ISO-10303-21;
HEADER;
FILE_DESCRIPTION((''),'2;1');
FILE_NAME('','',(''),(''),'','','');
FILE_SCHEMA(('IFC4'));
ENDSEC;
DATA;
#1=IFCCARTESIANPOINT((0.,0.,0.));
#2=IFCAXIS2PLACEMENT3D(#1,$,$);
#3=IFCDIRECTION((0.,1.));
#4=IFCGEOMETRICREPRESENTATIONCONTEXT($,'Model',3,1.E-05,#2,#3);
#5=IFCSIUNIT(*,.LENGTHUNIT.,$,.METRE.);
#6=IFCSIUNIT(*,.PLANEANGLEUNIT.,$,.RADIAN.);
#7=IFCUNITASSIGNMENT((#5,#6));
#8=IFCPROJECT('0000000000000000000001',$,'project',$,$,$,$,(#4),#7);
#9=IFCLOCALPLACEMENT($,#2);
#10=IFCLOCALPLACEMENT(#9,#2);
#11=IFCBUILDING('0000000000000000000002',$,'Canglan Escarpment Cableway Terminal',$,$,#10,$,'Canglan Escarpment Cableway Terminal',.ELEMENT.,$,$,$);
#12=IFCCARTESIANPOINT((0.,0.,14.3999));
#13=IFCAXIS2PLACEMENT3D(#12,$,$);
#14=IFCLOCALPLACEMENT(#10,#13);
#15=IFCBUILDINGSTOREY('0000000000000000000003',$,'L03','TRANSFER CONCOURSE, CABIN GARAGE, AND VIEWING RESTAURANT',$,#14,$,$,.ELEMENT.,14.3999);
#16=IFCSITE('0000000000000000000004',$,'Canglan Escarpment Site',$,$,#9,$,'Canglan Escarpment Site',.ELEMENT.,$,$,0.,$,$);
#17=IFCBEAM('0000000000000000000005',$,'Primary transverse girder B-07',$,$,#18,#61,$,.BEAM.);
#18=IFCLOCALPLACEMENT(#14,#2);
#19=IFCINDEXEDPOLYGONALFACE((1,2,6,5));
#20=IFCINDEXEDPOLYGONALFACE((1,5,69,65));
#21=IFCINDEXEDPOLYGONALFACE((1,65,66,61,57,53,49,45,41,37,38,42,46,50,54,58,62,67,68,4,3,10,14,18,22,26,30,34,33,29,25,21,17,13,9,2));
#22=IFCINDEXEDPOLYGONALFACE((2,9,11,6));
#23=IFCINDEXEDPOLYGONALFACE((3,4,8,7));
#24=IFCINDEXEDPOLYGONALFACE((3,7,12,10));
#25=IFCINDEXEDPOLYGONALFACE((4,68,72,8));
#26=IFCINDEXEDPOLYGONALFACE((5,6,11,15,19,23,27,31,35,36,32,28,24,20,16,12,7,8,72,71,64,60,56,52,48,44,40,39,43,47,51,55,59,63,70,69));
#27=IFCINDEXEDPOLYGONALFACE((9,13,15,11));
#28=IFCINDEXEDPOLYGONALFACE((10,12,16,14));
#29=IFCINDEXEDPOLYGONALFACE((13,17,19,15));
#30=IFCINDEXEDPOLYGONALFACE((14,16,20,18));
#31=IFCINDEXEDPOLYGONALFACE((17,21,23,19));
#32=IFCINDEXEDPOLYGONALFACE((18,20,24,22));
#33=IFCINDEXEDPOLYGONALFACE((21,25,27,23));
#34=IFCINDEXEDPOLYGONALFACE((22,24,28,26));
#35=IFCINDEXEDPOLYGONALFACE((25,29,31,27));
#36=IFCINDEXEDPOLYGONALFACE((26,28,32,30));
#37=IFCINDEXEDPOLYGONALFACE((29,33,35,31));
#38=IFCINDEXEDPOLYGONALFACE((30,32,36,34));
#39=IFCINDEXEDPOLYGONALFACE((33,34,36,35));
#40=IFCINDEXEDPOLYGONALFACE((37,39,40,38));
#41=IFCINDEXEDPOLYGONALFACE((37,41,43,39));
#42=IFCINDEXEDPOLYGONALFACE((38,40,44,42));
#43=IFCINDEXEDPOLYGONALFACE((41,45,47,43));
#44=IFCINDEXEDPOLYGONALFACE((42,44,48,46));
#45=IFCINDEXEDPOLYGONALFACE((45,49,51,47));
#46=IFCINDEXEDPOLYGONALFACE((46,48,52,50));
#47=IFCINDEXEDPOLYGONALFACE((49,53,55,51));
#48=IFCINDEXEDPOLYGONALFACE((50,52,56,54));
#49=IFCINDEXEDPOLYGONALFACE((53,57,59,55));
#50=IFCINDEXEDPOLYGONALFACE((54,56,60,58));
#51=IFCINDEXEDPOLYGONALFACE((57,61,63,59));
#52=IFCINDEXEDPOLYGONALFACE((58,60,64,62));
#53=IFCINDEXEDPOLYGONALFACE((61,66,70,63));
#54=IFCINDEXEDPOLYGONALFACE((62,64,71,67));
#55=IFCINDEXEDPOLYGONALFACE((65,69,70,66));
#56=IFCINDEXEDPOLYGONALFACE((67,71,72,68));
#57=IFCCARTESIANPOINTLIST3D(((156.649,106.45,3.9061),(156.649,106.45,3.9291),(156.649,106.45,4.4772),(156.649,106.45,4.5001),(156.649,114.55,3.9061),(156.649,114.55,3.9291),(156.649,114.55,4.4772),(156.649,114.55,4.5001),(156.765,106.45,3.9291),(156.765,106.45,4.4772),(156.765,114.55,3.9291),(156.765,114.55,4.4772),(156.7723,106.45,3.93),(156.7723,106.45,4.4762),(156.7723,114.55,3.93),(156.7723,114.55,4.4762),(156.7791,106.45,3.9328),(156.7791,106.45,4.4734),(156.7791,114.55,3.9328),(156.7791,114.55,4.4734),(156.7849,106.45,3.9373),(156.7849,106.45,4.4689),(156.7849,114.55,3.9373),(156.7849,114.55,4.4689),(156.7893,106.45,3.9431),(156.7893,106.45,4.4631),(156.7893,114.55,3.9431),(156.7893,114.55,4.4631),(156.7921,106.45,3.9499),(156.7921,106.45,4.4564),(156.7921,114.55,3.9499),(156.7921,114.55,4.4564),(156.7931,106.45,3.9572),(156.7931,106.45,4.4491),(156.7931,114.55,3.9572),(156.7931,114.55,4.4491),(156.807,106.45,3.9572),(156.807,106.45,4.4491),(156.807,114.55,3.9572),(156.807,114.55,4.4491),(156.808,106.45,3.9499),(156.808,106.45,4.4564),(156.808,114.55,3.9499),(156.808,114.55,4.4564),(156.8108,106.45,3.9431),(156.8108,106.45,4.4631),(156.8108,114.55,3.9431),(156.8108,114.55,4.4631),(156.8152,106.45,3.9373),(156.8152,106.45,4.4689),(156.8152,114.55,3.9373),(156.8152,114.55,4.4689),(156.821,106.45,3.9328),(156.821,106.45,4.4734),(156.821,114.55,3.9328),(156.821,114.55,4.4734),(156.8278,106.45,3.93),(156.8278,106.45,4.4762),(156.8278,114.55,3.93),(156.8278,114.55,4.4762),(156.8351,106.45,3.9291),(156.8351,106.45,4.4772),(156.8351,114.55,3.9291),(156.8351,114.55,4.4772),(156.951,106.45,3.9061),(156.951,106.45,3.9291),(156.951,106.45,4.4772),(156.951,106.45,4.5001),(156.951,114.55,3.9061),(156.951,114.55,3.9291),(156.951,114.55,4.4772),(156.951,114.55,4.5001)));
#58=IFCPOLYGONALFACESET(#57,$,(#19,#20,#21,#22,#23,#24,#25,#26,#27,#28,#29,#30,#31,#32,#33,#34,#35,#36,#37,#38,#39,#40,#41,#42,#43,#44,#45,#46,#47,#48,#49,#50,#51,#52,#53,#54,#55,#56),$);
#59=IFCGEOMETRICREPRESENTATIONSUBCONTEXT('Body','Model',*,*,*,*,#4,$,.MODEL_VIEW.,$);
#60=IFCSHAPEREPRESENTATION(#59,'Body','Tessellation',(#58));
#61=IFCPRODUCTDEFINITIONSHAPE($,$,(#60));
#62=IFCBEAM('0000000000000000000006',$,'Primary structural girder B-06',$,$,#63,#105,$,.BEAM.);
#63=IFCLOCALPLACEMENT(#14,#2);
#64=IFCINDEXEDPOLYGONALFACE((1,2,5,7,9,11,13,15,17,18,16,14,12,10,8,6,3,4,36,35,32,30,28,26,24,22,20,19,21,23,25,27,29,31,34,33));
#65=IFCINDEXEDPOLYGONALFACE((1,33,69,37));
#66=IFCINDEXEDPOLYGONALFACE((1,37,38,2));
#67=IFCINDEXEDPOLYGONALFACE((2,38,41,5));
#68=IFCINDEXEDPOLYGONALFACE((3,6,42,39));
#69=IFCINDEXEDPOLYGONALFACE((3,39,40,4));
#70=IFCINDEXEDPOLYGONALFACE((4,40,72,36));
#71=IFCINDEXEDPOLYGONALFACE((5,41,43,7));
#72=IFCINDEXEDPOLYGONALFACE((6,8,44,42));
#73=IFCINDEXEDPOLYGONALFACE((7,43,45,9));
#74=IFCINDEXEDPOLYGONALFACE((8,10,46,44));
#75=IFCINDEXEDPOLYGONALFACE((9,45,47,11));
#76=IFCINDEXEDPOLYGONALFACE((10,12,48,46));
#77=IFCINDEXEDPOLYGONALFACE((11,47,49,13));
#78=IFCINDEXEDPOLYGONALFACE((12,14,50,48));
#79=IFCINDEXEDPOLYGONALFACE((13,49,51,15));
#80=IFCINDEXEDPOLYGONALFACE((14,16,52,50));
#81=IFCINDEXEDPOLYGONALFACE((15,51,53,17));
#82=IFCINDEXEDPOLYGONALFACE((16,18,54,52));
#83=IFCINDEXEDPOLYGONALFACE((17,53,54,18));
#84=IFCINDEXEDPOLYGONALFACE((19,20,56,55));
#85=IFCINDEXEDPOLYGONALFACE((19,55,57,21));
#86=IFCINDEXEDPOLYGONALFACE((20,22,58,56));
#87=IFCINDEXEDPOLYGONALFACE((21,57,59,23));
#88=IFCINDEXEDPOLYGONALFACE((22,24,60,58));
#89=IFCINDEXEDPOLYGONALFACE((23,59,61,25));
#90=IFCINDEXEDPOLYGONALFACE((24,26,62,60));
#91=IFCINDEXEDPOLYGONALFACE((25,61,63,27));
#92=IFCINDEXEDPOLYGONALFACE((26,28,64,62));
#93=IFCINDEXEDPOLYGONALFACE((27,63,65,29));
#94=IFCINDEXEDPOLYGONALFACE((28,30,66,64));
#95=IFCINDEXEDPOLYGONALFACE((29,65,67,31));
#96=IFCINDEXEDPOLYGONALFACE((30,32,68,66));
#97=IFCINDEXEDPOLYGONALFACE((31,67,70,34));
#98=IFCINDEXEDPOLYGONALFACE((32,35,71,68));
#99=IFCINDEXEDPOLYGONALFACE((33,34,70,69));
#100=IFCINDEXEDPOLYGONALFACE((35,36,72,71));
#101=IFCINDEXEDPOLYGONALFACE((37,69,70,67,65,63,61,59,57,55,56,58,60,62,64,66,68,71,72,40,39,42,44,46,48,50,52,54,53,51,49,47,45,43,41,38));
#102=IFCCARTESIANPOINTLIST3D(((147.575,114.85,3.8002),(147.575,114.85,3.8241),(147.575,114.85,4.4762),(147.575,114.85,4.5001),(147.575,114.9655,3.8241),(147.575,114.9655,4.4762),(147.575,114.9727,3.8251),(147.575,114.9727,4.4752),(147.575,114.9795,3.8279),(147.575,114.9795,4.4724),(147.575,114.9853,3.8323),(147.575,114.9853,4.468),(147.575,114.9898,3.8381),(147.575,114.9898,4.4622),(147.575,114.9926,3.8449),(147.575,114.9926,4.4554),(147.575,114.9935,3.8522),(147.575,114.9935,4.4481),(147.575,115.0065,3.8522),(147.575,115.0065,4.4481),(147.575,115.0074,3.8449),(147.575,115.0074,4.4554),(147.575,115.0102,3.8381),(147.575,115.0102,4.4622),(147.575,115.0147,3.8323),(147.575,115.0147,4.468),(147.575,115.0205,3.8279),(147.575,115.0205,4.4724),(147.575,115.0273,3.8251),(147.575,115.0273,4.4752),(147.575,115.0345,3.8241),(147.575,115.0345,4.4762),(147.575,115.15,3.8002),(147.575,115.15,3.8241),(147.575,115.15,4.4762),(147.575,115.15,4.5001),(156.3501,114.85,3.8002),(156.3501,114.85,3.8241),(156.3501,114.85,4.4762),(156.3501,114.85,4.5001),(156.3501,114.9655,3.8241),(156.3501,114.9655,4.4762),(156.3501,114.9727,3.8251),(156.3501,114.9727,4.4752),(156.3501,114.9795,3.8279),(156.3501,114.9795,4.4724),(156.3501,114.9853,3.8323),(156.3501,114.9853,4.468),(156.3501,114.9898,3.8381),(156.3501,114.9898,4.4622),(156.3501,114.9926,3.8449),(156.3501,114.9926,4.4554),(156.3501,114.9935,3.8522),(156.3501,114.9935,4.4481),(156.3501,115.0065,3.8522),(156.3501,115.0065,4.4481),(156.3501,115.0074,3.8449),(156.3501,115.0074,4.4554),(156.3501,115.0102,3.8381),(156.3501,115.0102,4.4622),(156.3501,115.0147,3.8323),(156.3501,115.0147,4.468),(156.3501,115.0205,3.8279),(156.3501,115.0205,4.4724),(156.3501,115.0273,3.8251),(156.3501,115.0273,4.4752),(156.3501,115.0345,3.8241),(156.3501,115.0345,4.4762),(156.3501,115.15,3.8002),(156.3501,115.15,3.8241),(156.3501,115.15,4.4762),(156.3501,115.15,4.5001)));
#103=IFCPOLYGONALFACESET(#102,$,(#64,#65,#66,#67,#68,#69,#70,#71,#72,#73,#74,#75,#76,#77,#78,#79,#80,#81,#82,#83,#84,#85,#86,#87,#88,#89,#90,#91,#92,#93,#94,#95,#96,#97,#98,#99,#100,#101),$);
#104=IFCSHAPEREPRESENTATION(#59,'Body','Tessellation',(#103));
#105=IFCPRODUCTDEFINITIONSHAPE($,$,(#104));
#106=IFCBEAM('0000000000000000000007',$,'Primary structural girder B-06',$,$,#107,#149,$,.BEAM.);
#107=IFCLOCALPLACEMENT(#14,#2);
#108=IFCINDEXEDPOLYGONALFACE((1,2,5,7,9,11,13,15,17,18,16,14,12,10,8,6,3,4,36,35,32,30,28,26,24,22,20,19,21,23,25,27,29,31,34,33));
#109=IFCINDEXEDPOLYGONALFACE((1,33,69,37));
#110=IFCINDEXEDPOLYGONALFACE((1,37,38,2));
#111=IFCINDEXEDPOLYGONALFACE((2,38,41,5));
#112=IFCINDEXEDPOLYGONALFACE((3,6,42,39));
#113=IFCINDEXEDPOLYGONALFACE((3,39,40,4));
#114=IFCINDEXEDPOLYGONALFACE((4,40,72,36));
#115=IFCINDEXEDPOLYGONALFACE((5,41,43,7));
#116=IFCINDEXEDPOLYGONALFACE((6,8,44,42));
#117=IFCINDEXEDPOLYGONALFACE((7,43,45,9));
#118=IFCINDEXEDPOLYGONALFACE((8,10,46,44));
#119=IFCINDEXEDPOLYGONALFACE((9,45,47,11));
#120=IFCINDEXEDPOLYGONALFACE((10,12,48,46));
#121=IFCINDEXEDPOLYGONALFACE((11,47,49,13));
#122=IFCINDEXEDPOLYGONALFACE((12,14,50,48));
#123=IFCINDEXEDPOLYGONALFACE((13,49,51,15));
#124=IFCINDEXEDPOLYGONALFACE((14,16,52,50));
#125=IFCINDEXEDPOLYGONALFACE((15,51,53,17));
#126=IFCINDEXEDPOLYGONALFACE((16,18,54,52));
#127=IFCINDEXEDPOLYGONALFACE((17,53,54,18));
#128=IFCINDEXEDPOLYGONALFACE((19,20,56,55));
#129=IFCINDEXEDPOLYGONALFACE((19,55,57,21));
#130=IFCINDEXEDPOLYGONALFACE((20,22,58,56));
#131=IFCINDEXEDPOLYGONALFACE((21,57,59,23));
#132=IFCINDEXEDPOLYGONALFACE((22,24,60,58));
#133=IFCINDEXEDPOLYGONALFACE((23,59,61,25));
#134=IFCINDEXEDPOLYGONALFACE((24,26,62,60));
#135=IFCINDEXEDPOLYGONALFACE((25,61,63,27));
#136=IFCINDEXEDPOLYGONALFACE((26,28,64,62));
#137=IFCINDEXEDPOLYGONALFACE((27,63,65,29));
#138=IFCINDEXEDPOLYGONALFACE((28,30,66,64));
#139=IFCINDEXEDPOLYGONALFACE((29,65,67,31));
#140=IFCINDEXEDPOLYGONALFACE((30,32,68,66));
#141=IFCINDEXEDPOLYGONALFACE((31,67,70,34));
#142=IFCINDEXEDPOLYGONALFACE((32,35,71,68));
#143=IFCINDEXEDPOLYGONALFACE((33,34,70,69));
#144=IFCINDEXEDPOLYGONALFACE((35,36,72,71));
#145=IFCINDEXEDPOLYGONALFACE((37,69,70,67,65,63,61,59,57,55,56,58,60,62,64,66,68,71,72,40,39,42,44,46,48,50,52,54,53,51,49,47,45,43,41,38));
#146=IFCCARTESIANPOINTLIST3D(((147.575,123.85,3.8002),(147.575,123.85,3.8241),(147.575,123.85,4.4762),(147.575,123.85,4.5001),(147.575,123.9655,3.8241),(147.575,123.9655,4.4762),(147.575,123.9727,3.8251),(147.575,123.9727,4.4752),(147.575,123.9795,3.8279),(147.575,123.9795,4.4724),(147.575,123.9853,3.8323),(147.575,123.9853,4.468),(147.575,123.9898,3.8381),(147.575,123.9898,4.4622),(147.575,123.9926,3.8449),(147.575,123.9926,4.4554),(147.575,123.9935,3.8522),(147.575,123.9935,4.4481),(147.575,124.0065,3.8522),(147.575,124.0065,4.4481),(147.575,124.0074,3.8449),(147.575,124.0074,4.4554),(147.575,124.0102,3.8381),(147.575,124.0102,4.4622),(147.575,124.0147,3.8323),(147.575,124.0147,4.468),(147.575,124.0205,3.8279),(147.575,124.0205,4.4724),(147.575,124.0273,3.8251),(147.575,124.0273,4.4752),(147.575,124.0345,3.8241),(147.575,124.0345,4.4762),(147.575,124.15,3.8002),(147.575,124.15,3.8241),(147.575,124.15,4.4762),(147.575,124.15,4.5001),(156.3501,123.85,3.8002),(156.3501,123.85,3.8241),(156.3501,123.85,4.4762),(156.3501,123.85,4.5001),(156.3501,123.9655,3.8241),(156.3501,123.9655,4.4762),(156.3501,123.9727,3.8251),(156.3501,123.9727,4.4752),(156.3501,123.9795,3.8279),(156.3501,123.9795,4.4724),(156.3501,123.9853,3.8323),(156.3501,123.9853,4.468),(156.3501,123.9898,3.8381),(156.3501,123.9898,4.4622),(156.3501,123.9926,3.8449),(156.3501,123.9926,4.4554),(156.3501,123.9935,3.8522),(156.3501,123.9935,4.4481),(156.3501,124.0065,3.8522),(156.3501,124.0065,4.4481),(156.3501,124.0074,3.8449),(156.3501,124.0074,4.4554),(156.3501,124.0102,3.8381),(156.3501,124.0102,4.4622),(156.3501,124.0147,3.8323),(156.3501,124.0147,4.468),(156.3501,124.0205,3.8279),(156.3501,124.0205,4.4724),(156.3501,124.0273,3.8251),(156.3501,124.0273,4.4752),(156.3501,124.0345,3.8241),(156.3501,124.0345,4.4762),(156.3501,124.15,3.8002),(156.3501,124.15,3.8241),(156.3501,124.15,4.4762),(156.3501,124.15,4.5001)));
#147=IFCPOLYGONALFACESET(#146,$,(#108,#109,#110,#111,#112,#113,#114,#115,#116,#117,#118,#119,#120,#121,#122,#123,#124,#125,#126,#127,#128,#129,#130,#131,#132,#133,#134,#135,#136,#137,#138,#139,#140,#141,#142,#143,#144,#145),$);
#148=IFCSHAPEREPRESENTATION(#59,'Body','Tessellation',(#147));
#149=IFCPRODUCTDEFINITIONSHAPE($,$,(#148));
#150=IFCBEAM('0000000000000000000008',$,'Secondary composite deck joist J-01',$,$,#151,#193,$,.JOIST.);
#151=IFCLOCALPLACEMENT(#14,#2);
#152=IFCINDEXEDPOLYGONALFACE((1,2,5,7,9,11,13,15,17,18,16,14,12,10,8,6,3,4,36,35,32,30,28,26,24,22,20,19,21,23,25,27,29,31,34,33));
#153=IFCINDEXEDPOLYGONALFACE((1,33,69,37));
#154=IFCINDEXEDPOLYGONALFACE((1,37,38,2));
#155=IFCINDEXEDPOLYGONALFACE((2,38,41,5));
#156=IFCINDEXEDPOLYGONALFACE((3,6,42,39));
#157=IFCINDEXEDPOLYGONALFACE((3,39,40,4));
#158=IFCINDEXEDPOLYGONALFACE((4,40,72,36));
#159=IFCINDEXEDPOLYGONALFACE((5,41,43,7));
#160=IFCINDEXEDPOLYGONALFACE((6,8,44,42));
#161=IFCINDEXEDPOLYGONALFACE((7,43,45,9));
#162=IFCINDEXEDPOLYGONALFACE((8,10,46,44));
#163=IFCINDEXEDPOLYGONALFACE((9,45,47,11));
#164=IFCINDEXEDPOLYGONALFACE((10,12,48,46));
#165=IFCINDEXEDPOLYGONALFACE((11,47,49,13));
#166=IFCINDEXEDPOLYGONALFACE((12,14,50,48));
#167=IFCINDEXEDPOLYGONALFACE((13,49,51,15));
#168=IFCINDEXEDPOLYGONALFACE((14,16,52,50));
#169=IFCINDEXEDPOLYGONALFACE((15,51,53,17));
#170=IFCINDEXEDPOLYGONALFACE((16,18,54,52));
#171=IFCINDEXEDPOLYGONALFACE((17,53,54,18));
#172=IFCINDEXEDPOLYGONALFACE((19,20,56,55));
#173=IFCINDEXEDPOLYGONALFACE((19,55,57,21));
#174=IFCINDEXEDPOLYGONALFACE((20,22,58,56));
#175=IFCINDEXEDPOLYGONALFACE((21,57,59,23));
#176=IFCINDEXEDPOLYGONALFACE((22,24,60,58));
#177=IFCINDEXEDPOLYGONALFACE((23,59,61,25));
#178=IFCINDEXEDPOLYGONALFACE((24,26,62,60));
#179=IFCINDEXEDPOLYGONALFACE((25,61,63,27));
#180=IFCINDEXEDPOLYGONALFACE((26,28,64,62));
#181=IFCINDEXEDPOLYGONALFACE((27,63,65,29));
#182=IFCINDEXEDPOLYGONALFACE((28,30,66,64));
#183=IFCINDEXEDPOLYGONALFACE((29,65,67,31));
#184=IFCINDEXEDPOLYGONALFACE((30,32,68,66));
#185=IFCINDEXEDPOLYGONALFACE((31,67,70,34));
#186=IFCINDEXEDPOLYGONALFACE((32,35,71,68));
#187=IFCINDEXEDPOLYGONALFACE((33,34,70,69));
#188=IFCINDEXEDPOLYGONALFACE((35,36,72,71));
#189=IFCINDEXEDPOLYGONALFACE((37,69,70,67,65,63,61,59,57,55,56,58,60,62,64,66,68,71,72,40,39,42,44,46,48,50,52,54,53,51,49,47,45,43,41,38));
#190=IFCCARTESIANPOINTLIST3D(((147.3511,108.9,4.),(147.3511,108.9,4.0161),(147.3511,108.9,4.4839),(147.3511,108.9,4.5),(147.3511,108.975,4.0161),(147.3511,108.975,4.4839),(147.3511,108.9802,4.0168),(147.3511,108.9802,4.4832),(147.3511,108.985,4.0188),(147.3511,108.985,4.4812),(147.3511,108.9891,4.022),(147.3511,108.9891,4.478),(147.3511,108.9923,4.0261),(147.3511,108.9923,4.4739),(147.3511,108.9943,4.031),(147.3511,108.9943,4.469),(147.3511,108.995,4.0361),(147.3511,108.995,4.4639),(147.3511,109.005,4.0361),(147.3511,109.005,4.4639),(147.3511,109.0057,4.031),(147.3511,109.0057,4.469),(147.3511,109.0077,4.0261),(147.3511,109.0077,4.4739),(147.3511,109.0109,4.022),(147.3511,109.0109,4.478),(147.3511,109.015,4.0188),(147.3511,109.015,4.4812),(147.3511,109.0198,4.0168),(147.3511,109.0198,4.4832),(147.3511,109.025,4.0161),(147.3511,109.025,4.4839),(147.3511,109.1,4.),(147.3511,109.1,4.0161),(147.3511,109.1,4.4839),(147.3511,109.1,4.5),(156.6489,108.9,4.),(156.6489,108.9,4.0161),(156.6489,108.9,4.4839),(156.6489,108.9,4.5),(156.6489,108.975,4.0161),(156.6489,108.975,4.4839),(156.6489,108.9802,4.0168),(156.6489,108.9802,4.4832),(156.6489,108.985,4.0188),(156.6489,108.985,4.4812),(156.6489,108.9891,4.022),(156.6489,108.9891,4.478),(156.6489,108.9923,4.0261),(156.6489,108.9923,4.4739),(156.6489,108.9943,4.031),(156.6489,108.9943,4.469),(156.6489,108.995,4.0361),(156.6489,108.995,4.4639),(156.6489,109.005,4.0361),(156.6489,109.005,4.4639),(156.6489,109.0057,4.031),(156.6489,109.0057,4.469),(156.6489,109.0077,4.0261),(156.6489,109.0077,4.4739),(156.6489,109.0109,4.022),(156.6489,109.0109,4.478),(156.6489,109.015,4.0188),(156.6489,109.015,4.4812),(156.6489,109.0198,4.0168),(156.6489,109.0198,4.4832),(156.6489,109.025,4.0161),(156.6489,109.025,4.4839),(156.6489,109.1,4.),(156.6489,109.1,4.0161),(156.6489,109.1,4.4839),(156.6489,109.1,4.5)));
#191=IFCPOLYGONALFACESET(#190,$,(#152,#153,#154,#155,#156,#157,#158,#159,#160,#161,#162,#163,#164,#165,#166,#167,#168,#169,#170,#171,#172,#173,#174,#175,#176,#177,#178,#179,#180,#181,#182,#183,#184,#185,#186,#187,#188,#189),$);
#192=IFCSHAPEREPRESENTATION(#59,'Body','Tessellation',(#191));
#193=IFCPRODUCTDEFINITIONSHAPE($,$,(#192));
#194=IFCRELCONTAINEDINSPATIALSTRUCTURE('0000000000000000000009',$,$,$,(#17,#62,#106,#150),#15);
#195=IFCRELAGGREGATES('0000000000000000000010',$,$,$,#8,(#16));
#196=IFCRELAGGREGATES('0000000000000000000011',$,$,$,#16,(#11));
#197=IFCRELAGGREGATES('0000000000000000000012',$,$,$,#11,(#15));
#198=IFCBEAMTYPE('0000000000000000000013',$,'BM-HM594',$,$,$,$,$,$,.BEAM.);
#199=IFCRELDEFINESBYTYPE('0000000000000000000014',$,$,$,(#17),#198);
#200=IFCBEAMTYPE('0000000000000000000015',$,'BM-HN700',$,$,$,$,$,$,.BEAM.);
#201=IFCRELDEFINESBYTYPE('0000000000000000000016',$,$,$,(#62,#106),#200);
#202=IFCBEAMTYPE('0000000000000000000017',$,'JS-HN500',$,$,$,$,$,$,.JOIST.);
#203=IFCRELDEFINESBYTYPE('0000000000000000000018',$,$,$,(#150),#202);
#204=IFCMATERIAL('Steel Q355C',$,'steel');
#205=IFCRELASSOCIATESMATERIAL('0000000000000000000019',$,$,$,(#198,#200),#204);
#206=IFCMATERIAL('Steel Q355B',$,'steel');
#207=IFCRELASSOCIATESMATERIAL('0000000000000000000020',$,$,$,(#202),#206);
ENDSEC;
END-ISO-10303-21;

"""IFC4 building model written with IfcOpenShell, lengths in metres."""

from ifc_helpers import new_model, si_unit, direction, frame, origin, origin_2d, place, context, subcontext, project, spatial, i_section, extrude, material, material_profile, profile_set, type_object, element, save


model = new_model("IFC4")

# Units and contexts
model_context = context("Model", 3, precision=1e-05, world=origin(), true_north=direction((0.0, 1.0)))
body_context = subcontext(model_context, "Body", "Model", "MODEL_VIEW")
ifc_project = project(units=[si_unit("LENGTHUNIT", "METRE"), si_unit("PLANEANGLEUNIT", "RADIAN")], contexts=[model_context])

# Site, building, storey
site_placement = place(None, origin())
site = spatial("IfcSite", under=ifc_project, at=site_placement, Name="Canglan Escarpment Site", LongName="Canglan Escarpment Site", CompositionType="ELEMENT", RefElevation=0.0)
building_placement = place(site_placement, origin())
building = spatial("IfcBuilding", under=site, at=building_placement, Name="Canglan Escarpment Cableway Terminal", LongName="Canglan Escarpment Cableway Terminal", CompositionType="ELEMENT")
storey_placement = place(building_placement, frame((0.0, 0.0, 14.3999)))
storey = spatial("IfcBuildingStorey", under=building, at=storey_placement, Name="L03", Description="TRANSFER CONCOURSE, CABIN GARAGE, AND VIEWING RESTAURANT", CompositionType="ELEMENT", Elevation=14.3999)

# Beams
ifc_material_1 = material(Name="Steel Q355C", Category="steel")
ifc_material_profile_1 = material_profile(ifc_material_1, i_section(OverallWidth=0.302, OverallDepth=0.594, WebThickness=0.0139, FlangeThickness=0.0229, FilletRadius=0.0281, at=origin_2d()), Name="HM 594x302x14x23")
ifc_profile_set_1 = profile_set([ifc_material_profile_1], Name="Steel Q355C")
beam_type_1 = type_object("IfcBeamType", Name="BM-HM594", PredefinedType="BEAM", material=ifc_profile_set_1)
beam_1_placement = place(storey_placement, frame((156.8, 106.45, 4.2031), z_axis=(0.0, 1.0, 0.0), x_axis=(-1.0, 0.0, 0.0)))
element("IfcBeam", 1, at=beam_1_placement, inside=storey, type_object=beam_type_1, Name="Primary transverse girder B-07", PredefinedType="BEAM", context=body_context, shape_type="SweptSolid", body=[
    extrude(i_section(OverallWidth=0.302, OverallDepth=0.594, WebThickness=0.0139, FlangeThickness=0.0229, FilletRadius=0.0281, at=origin_2d()), origin(), (0.0, 0.0, 1.0), 8.1001),
])
ifc_material_profile_2 = material_profile(ifc_material_1, i_section(OverallWidth=0.3, OverallDepth=0.7, WebThickness=0.0129, FlangeThickness=0.0239, FilletRadius=0.0281, at=origin_2d()), Name="HN 700x300x13x24")
ifc_profile_set_2 = profile_set([ifc_material_profile_2], Name="Steel Q355C")
beam_type_2 = type_object("IfcBeamType", Name="BM-HN700", PredefinedType="BEAM", material=ifc_profile_set_2)
for number, where, z_axis, x_axis, name in (
    (2, (147.575, 115.0, 4.1501), (1.0, 0.0, 0.0), (0.0, 1.0, 0.0), "Primary structural girder B-06"),
    (3, (147.575, 124.0, 4.1501), (1.0, 0.0, 0.0), (0.0, 1.0, 0.0), "Primary structural girder B-06"),
):
    element("IfcBeam", number, at=place(storey_placement, frame(where, z_axis=z_axis, x_axis=x_axis)), inside=storey, type_object=beam_type_2, Name=name, PredefinedType="BEAM", context=body_context, shape_type="SweptSolid", body=[
        extrude(i_section(OverallWidth=0.3, OverallDepth=0.7, WebThickness=0.0129, FlangeThickness=0.0239, FilletRadius=0.0281, at=origin_2d()), origin(), (0.0, 0.0, 1.0), 8.7751),
    ])
ifc_material_2 = material(Name="Steel Q355B", Category="steel")
ifc_material_profile_3 = material_profile(ifc_material_2, i_section(OverallWidth=0.2, OverallDepth=0.5, WebThickness=0.01, FlangeThickness=0.0161, FilletRadius=0.02, at=origin_2d()), Name="HN 500x200x10x16")
ifc_profile_set_3 = profile_set([ifc_material_profile_3], Name="Steel Q355B")
beam_type_3 = type_object("IfcBeamType", Name="JS-HN500", PredefinedType="JOIST", material=ifc_profile_set_3)
for number, where, z_axis, x_axis, name in (
    (4, (147.3511, 109.0, 4.25), (1.0, 0.0, 0.0), (0.0, 1.0, 0.0), "Secondary composite deck joist J-01"),
):
    element("IfcBeam", number, at=place(storey_placement, frame(where, z_axis=z_axis, x_axis=x_axis)), inside=storey, type_object=beam_type_3, Name=name, PredefinedType="JOIST", context=body_context, shape_type="SweptSolid", body=[
        extrude(i_section(OverallWidth=0.2, OverallDepth=0.5, WebThickness=0.01, FlangeThickness=0.0161, FilletRadius=0.02, at=origin_2d()), origin(), (0.0, 0.0, 1.0), 9.2979),
    ])

save(model, "model.ifc")
